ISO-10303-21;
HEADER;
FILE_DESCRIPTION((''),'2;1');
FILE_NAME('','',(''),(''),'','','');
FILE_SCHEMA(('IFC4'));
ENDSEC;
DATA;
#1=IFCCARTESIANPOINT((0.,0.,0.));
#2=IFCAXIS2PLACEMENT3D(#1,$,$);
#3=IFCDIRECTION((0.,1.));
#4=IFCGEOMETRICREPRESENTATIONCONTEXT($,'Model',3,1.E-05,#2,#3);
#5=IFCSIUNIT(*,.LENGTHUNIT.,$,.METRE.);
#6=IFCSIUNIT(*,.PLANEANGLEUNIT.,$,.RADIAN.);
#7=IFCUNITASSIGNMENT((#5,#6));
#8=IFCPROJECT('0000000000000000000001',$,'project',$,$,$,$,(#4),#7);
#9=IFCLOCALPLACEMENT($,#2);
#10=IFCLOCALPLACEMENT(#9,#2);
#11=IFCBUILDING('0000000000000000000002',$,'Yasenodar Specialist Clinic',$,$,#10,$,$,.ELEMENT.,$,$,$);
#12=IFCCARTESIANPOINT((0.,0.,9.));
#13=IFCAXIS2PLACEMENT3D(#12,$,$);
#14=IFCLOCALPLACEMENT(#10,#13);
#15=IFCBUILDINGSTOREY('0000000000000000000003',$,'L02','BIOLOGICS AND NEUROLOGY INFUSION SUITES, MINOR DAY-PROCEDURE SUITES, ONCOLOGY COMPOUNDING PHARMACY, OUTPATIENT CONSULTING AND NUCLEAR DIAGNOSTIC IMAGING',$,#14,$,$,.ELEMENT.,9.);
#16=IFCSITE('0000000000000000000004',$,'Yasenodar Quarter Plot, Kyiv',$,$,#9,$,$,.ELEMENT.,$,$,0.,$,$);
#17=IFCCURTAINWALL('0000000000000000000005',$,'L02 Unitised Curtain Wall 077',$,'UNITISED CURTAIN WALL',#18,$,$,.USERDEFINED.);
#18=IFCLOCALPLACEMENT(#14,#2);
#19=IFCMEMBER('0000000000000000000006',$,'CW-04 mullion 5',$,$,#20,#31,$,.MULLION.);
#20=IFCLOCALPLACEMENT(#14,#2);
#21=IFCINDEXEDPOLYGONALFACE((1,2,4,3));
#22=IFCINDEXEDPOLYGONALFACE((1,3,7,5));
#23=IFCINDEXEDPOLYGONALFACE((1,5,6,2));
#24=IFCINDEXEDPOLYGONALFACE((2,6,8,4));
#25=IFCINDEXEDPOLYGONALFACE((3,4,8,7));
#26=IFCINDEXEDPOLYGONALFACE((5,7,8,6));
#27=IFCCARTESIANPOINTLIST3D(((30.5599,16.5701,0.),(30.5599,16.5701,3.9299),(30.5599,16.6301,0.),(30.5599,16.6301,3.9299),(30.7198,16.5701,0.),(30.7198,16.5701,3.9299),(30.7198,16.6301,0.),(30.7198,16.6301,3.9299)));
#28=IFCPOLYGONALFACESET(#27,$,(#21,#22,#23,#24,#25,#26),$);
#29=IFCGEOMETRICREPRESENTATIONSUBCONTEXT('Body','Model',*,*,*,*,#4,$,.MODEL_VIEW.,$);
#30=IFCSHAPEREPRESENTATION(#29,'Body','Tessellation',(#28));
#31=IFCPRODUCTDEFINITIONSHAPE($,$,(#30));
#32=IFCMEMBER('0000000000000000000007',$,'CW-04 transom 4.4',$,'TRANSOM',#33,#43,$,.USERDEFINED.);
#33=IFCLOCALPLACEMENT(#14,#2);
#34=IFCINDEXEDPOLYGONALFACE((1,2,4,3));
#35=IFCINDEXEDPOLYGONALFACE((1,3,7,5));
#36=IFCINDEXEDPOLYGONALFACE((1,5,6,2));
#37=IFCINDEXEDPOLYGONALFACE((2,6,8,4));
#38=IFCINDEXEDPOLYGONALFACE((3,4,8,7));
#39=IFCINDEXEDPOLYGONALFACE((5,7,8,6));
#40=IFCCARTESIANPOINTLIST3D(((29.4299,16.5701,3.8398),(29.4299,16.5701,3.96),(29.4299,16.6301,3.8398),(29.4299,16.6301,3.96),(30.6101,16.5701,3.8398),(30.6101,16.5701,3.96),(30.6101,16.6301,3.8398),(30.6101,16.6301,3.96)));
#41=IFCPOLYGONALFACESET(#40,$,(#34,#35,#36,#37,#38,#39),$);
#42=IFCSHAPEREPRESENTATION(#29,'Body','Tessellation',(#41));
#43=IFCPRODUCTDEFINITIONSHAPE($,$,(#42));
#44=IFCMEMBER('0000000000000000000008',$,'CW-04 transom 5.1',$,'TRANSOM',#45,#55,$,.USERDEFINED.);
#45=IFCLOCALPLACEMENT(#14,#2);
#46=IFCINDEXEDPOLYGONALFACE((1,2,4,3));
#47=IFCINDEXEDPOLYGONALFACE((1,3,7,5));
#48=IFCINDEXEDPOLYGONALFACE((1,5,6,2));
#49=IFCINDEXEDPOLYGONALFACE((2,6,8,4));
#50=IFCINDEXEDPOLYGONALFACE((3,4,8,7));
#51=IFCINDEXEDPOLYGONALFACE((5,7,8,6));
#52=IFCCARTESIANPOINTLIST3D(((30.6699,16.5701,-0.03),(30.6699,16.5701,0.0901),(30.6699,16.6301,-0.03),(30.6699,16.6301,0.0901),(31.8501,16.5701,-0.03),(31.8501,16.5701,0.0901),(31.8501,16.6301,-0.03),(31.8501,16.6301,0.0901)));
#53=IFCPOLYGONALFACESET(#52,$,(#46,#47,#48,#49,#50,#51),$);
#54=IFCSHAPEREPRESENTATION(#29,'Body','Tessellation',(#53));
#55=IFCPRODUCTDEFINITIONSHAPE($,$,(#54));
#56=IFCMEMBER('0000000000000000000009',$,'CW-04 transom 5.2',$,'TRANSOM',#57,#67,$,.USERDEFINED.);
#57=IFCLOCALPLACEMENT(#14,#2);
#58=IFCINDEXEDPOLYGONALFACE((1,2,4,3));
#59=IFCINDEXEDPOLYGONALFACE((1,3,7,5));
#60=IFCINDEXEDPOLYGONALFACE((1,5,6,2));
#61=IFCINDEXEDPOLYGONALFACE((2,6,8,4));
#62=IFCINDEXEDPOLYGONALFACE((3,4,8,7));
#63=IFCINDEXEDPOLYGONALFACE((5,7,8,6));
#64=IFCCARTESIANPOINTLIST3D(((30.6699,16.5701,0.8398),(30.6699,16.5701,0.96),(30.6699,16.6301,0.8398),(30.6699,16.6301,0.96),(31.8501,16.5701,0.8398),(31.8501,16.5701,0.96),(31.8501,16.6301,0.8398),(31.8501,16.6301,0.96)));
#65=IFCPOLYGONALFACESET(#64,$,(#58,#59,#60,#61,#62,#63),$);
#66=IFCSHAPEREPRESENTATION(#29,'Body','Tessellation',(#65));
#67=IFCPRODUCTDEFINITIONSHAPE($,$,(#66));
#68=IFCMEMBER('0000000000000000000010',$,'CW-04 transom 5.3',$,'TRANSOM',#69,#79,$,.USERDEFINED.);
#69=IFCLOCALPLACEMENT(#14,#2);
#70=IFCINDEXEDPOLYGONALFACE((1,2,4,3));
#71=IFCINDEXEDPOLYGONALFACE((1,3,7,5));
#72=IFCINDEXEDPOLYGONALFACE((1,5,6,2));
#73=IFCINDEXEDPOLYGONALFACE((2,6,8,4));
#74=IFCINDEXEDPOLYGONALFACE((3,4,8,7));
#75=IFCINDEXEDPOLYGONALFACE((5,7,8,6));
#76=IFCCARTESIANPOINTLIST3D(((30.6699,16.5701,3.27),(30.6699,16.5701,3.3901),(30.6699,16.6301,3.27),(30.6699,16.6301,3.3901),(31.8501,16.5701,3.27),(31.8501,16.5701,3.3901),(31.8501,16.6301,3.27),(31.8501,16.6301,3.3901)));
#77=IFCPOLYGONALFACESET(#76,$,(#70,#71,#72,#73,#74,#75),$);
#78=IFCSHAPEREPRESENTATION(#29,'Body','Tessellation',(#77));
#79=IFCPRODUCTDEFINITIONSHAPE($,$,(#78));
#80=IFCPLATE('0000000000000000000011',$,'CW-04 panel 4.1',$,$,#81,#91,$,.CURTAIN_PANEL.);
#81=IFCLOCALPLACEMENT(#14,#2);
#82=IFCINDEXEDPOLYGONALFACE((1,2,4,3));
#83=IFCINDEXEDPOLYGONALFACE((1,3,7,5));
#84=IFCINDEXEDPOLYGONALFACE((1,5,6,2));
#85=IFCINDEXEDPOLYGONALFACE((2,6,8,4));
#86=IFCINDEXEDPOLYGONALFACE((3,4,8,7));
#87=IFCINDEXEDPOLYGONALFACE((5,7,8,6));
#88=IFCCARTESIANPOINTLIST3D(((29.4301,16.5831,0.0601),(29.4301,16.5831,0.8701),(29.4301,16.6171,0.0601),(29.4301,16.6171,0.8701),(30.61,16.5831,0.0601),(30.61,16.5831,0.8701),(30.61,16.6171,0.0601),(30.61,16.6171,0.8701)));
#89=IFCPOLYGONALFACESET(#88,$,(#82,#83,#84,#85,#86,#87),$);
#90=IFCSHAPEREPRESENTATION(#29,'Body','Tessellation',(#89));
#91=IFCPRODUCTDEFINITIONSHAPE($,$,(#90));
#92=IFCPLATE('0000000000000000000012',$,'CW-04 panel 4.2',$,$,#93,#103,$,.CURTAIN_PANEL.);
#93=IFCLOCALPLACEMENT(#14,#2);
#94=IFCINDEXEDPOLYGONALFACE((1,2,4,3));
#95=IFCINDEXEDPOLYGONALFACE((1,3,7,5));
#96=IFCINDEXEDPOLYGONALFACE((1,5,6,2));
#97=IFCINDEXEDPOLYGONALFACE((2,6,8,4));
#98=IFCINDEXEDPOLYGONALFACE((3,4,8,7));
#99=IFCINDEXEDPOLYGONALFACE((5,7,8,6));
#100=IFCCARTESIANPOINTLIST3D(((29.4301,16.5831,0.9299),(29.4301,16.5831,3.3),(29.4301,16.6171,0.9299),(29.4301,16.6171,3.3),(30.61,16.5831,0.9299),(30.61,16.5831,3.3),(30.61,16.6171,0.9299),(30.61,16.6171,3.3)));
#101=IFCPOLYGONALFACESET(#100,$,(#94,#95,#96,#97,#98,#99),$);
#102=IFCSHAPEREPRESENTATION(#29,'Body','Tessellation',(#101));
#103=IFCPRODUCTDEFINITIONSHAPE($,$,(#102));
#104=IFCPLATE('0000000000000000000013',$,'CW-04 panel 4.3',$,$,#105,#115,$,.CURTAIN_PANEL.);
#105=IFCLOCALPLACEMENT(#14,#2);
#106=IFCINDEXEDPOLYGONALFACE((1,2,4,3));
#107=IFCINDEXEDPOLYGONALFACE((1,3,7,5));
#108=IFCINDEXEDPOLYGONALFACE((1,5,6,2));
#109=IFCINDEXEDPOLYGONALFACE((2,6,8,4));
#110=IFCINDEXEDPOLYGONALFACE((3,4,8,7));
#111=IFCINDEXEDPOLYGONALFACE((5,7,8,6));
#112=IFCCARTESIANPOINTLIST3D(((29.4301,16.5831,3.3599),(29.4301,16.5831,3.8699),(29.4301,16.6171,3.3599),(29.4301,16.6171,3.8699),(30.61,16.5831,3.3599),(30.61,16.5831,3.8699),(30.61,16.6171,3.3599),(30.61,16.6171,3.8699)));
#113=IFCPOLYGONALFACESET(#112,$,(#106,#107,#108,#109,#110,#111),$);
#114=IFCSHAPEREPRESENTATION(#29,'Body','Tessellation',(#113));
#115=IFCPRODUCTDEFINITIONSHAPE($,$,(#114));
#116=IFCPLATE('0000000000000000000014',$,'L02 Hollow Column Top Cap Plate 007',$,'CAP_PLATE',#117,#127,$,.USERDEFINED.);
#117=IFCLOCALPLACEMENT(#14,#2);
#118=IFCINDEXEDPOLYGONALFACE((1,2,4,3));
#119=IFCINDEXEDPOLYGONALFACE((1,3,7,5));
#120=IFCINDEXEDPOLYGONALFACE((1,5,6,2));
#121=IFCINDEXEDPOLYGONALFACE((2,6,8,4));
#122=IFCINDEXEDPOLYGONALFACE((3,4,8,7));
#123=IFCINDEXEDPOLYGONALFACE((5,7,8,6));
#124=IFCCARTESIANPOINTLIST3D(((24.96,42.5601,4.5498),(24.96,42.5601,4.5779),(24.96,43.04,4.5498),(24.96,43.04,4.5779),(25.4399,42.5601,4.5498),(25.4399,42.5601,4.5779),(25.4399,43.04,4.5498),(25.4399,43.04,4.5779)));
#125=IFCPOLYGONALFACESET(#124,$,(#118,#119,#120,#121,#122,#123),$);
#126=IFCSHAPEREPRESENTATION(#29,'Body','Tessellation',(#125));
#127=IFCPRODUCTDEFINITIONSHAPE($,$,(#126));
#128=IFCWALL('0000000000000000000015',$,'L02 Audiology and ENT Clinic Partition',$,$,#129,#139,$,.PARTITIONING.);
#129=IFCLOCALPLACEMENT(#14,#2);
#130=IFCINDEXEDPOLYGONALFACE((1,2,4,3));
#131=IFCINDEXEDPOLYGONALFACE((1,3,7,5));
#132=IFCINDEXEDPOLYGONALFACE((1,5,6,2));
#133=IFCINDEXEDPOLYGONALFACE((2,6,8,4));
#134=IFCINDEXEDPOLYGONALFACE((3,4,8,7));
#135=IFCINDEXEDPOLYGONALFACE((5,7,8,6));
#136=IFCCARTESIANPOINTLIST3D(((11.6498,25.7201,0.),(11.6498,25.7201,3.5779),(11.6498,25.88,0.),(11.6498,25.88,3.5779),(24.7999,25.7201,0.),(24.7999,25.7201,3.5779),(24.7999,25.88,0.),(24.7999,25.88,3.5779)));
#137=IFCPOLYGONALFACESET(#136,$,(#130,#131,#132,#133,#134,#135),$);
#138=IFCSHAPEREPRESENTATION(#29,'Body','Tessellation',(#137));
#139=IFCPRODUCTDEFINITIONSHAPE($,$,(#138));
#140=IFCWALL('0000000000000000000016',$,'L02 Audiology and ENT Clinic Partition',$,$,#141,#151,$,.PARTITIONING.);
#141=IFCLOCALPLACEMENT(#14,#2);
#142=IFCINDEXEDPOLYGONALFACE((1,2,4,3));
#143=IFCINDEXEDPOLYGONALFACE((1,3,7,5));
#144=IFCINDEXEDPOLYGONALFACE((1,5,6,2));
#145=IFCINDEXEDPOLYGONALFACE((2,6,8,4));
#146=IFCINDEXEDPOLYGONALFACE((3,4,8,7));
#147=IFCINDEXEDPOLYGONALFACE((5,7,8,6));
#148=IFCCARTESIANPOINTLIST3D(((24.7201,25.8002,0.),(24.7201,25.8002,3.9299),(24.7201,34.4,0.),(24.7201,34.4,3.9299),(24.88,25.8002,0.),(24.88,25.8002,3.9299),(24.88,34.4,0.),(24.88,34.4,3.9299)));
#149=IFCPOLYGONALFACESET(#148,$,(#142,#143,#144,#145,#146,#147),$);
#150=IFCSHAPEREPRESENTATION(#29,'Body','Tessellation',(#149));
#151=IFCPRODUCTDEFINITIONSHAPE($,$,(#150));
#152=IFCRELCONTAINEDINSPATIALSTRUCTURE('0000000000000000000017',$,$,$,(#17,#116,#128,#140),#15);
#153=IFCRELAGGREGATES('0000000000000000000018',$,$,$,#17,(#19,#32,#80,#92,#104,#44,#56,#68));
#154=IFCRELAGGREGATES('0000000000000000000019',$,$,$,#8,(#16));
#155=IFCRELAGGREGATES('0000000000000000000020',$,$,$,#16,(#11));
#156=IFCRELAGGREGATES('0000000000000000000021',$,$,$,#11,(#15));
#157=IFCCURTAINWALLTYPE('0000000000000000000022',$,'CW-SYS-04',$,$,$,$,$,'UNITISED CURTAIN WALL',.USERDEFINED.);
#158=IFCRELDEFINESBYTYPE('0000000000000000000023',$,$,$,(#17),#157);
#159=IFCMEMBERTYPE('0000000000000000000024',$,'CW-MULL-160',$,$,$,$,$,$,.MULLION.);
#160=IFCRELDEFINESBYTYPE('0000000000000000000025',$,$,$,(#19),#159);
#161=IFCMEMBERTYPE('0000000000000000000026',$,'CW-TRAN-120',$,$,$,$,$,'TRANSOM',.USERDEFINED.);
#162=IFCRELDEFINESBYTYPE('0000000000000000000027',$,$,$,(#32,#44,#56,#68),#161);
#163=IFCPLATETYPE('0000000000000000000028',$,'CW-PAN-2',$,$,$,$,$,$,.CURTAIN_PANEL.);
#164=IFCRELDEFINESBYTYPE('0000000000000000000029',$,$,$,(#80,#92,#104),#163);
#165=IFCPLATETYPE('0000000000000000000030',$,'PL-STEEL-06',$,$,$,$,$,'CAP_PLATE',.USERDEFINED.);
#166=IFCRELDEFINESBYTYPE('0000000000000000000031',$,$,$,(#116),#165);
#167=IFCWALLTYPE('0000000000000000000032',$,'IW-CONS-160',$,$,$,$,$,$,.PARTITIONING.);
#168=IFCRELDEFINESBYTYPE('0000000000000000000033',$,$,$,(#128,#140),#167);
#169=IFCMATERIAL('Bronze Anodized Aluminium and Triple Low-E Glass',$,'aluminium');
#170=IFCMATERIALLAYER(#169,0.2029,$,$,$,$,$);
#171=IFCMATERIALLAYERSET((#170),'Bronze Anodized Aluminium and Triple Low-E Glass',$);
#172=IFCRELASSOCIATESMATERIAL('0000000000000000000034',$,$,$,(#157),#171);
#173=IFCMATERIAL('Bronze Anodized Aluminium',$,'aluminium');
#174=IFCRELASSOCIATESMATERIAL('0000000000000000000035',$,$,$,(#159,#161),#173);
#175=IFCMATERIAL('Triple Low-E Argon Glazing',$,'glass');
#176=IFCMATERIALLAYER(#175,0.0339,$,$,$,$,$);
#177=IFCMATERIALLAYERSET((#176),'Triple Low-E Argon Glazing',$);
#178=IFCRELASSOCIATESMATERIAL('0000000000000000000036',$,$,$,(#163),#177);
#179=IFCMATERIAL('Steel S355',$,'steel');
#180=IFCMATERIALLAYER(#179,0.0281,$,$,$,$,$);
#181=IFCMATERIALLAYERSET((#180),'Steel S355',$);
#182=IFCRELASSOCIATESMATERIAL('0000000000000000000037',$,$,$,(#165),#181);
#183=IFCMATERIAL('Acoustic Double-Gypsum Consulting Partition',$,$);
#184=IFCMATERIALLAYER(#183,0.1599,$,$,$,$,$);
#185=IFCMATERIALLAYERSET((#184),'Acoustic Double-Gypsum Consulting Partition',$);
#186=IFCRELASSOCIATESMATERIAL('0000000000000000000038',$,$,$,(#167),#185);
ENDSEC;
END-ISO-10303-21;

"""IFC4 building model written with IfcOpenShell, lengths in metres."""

from ifc_helpers import new_model, si_unit, direction, frame, frame_2d, origin, origin_2d, place, context, subcontext, project, spatial, rectangle, extrude, material, layer, layer_set, material_profile, profile_set, type_object, element, aggregate, save


model = new_model("IFC4")

# Units and contexts
model_context = context("Model", 3, precision=1e-05, world=origin(), true_north=direction((0.0, 1.0)))
body_context = subcontext(model_context, "Body", "Model", "MODEL_VIEW")
ifc_project = project(units=[si_unit("LENGTHUNIT", "METRE"), si_unit("PLANEANGLEUNIT", "RADIAN")], contexts=[model_context])

# Site, building, storey
site_placement = place(None, origin())
site = spatial("IfcSite", under=ifc_project, at=site_placement, Name="Yasenodar Quarter Plot, Kyiv", CompositionType="ELEMENT", RefElevation=0.0)
building_placement = place(site_placement, origin())
building = spatial("IfcBuilding", under=site, at=building_placement, Name="Yasenodar Specialist Clinic", CompositionType="ELEMENT")
storey_placement = place(building_placement, frame((0.0, 0.0, 9.0)))
storey = spatial("IfcBuildingStorey", under=building, at=storey_placement, Name="L02", Description="BIOLOGICS AND NEUROLOGY INFUSION SUITES, MINOR DAY-PROCEDURE SUITES, ONCOLOGY COMPOUNDING PHARMACY, OUTPATIENT CONSULTING AND NUCLEAR DIAGNOSTIC IMAGING", CompositionType="ELEMENT", Elevation=9.0)

# Shared definitions
ifc_material_1 = material(Name="Steel S355", Category="steel")

# Curtain wall, members, plates
ifc_material_2 = material(Name="Bronze Anodized Aluminium and Triple Low-E Glass", Category="aluminium")
ifc_layer_1 = layer(ifc_material_2, 0.2029)
ifc_layer_set_1 = layer_set([ifc_layer_1], Name="Bronze Anodized Aluminium and Triple Low-E Glass")
curtain_wall_type = type_object("IfcCurtainWallType", Name="CW-SYS-04", ElementType="UNITISED CURTAIN WALL", PredefinedType="USERDEFINED", material=ifc_layer_set_1)
curtain_wall_placement = place(storey_placement, origin())
curtain_wall = element("IfcCurtainWall", 1, at=curtain_wall_placement, inside=storey, type_object=curtain_wall_type, Name="L02 Unitised Curtain Wall 077", ObjectType="UNITISED CURTAIN WALL", PredefinedType="USERDEFINED")
ifc_material_3 = material(Name="Bronze Anodized Aluminium", Category="aluminium")
ifc_material_profile_1 = material_profile(ifc_material_3, rectangle(XDim=0.0601, YDim=0.1599, at=origin_2d()), Name="CW-MULL 60x160")
ifc_profile_set_1 = profile_set([ifc_material_profile_1], Name="Bronze Anodized Aluminium")
member_type_1 = type_object("IfcMemberType", Name="CW-MULL-160", PredefinedType="MULLION", material=ifc_profile_set_1)
member_1_placement = place(storey_placement, frame((30.6399, 16.6001, 0.0), z_axis=(0.0, 0.0, 1.0), x_axis=(0.0, 1.0, 0.0)))
member_1 = element("IfcMember", 2, at=member_1_placement, type_object=member_type_1, Name="CW-04 mullion 5", PredefinedType="MULLION", context=body_context, shape_type="SweptSolid", body=[
    extrude(rectangle(XDim=0.0601, YDim=0.1599, at=origin_2d()), origin(), (0.0, 0.0, 1.0), 3.9299),
])
ifc_material_profile_2 = material_profile(ifc_material_3, rectangle(XDim=0.0601, YDim=0.1201, at=origin_2d()), Name="CW-TRAN 60x120")
ifc_profile_set_2 = profile_set([ifc_material_profile_2], Name="Bronze Anodized Aluminium")
member_type_2 = type_object("IfcMemberType", Name="CW-TRAN-120", ElementType="TRANSOM", PredefinedType="USERDEFINED", material=ifc_profile_set_2)
member_2_placement = place(storey_placement, frame((29.4299, 16.6001, 3.8999), z_axis=(1.0, 0.0, 0.0), x_axis=(0.0, 1.0, 0.0)))
member_2 = element("IfcMember", 3, at=member_2_placement, type_object=member_type_2, Name="CW-04 transom 4.4", ObjectType="TRANSOM", PredefinedType="USERDEFINED", context=body_context, shape_type="SweptSolid", body=[
    extrude(rectangle(XDim=0.0601, YDim=0.1201, at=origin_2d()), origin(), (0.0, 0.0, 1.0), 1.1802),
])
member_3_placement = place(storey_placement, frame((30.6699, 16.6001, 0.03), z_axis=(1.0, 0.0, 0.0), x_axis=(0.0, 1.0, 0.0)))
member_3 = element("IfcMember", 4, at=member_3_placement, type_object=member_type_2, Name="CW-04 transom 5.1", ObjectType="TRANSOM", PredefinedType="USERDEFINED", context=body_context, shape_type="SweptSolid", body=[
    extrude(rectangle(XDim=0.0601, YDim=0.1201, at=origin_2d()), origin(), (0.0, 0.0, 1.0), 1.1802),
])
member_4_placement = place(storey_placement, frame((30.6699, 16.6001, 0.8999), z_axis=(1.0, 0.0, 0.0), x_axis=(0.0, 1.0, 0.0)))
member_4 = element("IfcMember", 5, at=member_4_placement, type_object=member_type_2, Name="CW-04 transom 5.2", ObjectType="TRANSOM", PredefinedType="USERDEFINED", context=body_context, shape_type="SweptSolid", body=[
    extrude(rectangle(XDim=0.0601, YDim=0.1201, at=origin_2d()), origin(), (0.0, 0.0, 1.0), 1.1802),
])
member_5_placement = place(storey_placement, frame((30.6699, 16.6001, 3.3301), z_axis=(1.0, 0.0, 0.0), x_axis=(0.0, 1.0, 0.0)))
member_5 = element("IfcMember", 6, at=member_5_placement, type_object=member_type_2, Name="CW-04 transom 5.3", ObjectType="TRANSOM", PredefinedType="USERDEFINED", context=body_context, shape_type="SweptSolid", body=[
    extrude(rectangle(XDim=0.0601, YDim=0.1201, at=origin_2d()), origin(), (0.0, 0.0, 1.0), 1.1802),
])
ifc_material_4 = material(Name="Triple Low-E Argon Glazing", Category="glass")
ifc_layer_2 = layer(ifc_material_4, 0.0339)
ifc_layer_set_2 = layer_set([ifc_layer_2], Name="Triple Low-E Argon Glazing")
plate_type_1 = type_object("IfcPlateType", Name="CW-PAN-2", PredefinedType="CURTAIN_PANEL", material=ifc_layer_set_2)
plate_1_placement = place(storey_placement, frame((30.02, 16.6001, 0.0601), z_axis=(0.0, 0.0, 1.0), x_axis=(1.0, 0.0, 0.0)))
plate_1 = element("IfcPlate", 7, at=plate_1_placement, type_object=plate_type_1, Name="CW-04 panel 4.1", PredefinedType="CURTAIN_PANEL", context=body_context, shape_type="SweptSolid", body=[
    extrude(rectangle(XDim=1.1799, YDim=0.0339, at=origin_2d()), origin(), (0.0, 0.0, 1.0), 0.8101),
])
plate_2_placement = place(storey_placement, frame((30.02, 16.6001, 0.9299), z_axis=(0.0, 0.0, 1.0), x_axis=(1.0, 0.0, 0.0)))
plate_2 = element("IfcPlate", 8, at=plate_2_placement, type_object=plate_type_1, Name="CW-04 panel 4.2", PredefinedType="CURTAIN_PANEL", context=body_context, shape_type="SweptSolid", body=[
    extrude(rectangle(XDim=1.1799, YDim=0.0339, at=origin_2d()), origin(), (0.0, 0.0, 1.0), 2.3701),
])
plate_3_placement = place(storey_placement, frame((30.02, 16.6001, 3.3599), z_axis=(0.0, 0.0, 1.0), x_axis=(1.0, 0.0, 0.0)))
plate_3 = element("IfcPlate", 9, at=plate_3_placement, type_object=plate_type_1, Name="CW-04 panel 4.3", PredefinedType="CURTAIN_PANEL", context=body_context, shape_type="SweptSolid", body=[
    extrude(rectangle(XDim=1.1799, YDim=0.0339, at=origin_2d()), origin(), (0.0, 0.0, 1.0), 0.51),
])
aggregate(curtain_wall, [member_1, member_2, plate_1, plate_2, plate_3, member_3, member_4, member_5])

# Plate
ifc_layer_3 = layer(ifc_material_1, 0.0281)
ifc_layer_set_3 = layer_set([ifc_layer_3], Name="Steel S355")
plate_type_2 = type_object("IfcPlateType", Name="PL-STEEL-06", ElementType="CAP_PLATE", PredefinedType="USERDEFINED", material=ifc_layer_set_3)
plate_4_placement = place(storey_placement, frame((25.2, 42.8, 4.5498), z_axis=(0.0, 0.0, 1.0), x_axis=(1.0, 0.0, 0.0)))
element("IfcPlate", 10, at=plate_4_placement, inside=storey, type_object=plate_type_2, Name="L02 Hollow Column Top Cap Plate 007", ObjectType="CAP_PLATE", PredefinedType="USERDEFINED", context=body_context, shape_type="SweptSolid", body=[
    extrude(rectangle(XDim=0.48, YDim=0.48, at=origin_2d()), origin(), (0.0, 0.0, 1.0), 0.0281),
])

# Walls
ifc_material_5 = material(Name="Acoustic Double-Gypsum Consulting Partition")
ifc_layer_4 = layer(ifc_material_5, 0.1599)
ifc_layer_set_4 = layer_set([ifc_layer_4], Name="Acoustic Double-Gypsum Consulting Partition")
wall_type = type_object("IfcWallType", Name="IW-CONS-160", PredefinedType="PARTITIONING", material=ifc_layer_set_4)
wall_1_placement = place(storey_placement, frame((24.8, 25.8, 0.0), z_axis=(0.0, 0.0, 1.0), x_axis=(-1.0, 0.0, 0.0)))
element("IfcWall", 11, at=wall_1_placement, inside=storey, type_object=wall_type, Name="L02 Audiology and ENT Clinic Partition", PredefinedType="PARTITIONING", context=body_context, shape_type="SweptSolid", body=[
    extrude(rectangle(XDim=13.1501, YDim=0.1599, at=frame_2d((6.5752, 0.0))), origin(), (0.0, 0.0, 1.0), 3.5779),
])
wall_2_placement = place(storey_placement, frame((24.8, 34.3999, 0.0), z_axis=(0.0, 0.0, 1.0), x_axis=(0.0, -1.0, 0.0)))
element("IfcWall", 12, at=wall_2_placement, inside=storey, type_object=wall_type, Name="L02 Audiology and ENT Clinic Partition", PredefinedType="PARTITIONING", context=body_context, shape_type="SweptSolid", body=[
    extrude(rectangle(XDim=8.5999, YDim=0.1599, at=frame_2d((4.2998, 0.0))), origin(), (0.0, 0.0, 1.0), 3.9299),
])

save(model, "model.ifc")
